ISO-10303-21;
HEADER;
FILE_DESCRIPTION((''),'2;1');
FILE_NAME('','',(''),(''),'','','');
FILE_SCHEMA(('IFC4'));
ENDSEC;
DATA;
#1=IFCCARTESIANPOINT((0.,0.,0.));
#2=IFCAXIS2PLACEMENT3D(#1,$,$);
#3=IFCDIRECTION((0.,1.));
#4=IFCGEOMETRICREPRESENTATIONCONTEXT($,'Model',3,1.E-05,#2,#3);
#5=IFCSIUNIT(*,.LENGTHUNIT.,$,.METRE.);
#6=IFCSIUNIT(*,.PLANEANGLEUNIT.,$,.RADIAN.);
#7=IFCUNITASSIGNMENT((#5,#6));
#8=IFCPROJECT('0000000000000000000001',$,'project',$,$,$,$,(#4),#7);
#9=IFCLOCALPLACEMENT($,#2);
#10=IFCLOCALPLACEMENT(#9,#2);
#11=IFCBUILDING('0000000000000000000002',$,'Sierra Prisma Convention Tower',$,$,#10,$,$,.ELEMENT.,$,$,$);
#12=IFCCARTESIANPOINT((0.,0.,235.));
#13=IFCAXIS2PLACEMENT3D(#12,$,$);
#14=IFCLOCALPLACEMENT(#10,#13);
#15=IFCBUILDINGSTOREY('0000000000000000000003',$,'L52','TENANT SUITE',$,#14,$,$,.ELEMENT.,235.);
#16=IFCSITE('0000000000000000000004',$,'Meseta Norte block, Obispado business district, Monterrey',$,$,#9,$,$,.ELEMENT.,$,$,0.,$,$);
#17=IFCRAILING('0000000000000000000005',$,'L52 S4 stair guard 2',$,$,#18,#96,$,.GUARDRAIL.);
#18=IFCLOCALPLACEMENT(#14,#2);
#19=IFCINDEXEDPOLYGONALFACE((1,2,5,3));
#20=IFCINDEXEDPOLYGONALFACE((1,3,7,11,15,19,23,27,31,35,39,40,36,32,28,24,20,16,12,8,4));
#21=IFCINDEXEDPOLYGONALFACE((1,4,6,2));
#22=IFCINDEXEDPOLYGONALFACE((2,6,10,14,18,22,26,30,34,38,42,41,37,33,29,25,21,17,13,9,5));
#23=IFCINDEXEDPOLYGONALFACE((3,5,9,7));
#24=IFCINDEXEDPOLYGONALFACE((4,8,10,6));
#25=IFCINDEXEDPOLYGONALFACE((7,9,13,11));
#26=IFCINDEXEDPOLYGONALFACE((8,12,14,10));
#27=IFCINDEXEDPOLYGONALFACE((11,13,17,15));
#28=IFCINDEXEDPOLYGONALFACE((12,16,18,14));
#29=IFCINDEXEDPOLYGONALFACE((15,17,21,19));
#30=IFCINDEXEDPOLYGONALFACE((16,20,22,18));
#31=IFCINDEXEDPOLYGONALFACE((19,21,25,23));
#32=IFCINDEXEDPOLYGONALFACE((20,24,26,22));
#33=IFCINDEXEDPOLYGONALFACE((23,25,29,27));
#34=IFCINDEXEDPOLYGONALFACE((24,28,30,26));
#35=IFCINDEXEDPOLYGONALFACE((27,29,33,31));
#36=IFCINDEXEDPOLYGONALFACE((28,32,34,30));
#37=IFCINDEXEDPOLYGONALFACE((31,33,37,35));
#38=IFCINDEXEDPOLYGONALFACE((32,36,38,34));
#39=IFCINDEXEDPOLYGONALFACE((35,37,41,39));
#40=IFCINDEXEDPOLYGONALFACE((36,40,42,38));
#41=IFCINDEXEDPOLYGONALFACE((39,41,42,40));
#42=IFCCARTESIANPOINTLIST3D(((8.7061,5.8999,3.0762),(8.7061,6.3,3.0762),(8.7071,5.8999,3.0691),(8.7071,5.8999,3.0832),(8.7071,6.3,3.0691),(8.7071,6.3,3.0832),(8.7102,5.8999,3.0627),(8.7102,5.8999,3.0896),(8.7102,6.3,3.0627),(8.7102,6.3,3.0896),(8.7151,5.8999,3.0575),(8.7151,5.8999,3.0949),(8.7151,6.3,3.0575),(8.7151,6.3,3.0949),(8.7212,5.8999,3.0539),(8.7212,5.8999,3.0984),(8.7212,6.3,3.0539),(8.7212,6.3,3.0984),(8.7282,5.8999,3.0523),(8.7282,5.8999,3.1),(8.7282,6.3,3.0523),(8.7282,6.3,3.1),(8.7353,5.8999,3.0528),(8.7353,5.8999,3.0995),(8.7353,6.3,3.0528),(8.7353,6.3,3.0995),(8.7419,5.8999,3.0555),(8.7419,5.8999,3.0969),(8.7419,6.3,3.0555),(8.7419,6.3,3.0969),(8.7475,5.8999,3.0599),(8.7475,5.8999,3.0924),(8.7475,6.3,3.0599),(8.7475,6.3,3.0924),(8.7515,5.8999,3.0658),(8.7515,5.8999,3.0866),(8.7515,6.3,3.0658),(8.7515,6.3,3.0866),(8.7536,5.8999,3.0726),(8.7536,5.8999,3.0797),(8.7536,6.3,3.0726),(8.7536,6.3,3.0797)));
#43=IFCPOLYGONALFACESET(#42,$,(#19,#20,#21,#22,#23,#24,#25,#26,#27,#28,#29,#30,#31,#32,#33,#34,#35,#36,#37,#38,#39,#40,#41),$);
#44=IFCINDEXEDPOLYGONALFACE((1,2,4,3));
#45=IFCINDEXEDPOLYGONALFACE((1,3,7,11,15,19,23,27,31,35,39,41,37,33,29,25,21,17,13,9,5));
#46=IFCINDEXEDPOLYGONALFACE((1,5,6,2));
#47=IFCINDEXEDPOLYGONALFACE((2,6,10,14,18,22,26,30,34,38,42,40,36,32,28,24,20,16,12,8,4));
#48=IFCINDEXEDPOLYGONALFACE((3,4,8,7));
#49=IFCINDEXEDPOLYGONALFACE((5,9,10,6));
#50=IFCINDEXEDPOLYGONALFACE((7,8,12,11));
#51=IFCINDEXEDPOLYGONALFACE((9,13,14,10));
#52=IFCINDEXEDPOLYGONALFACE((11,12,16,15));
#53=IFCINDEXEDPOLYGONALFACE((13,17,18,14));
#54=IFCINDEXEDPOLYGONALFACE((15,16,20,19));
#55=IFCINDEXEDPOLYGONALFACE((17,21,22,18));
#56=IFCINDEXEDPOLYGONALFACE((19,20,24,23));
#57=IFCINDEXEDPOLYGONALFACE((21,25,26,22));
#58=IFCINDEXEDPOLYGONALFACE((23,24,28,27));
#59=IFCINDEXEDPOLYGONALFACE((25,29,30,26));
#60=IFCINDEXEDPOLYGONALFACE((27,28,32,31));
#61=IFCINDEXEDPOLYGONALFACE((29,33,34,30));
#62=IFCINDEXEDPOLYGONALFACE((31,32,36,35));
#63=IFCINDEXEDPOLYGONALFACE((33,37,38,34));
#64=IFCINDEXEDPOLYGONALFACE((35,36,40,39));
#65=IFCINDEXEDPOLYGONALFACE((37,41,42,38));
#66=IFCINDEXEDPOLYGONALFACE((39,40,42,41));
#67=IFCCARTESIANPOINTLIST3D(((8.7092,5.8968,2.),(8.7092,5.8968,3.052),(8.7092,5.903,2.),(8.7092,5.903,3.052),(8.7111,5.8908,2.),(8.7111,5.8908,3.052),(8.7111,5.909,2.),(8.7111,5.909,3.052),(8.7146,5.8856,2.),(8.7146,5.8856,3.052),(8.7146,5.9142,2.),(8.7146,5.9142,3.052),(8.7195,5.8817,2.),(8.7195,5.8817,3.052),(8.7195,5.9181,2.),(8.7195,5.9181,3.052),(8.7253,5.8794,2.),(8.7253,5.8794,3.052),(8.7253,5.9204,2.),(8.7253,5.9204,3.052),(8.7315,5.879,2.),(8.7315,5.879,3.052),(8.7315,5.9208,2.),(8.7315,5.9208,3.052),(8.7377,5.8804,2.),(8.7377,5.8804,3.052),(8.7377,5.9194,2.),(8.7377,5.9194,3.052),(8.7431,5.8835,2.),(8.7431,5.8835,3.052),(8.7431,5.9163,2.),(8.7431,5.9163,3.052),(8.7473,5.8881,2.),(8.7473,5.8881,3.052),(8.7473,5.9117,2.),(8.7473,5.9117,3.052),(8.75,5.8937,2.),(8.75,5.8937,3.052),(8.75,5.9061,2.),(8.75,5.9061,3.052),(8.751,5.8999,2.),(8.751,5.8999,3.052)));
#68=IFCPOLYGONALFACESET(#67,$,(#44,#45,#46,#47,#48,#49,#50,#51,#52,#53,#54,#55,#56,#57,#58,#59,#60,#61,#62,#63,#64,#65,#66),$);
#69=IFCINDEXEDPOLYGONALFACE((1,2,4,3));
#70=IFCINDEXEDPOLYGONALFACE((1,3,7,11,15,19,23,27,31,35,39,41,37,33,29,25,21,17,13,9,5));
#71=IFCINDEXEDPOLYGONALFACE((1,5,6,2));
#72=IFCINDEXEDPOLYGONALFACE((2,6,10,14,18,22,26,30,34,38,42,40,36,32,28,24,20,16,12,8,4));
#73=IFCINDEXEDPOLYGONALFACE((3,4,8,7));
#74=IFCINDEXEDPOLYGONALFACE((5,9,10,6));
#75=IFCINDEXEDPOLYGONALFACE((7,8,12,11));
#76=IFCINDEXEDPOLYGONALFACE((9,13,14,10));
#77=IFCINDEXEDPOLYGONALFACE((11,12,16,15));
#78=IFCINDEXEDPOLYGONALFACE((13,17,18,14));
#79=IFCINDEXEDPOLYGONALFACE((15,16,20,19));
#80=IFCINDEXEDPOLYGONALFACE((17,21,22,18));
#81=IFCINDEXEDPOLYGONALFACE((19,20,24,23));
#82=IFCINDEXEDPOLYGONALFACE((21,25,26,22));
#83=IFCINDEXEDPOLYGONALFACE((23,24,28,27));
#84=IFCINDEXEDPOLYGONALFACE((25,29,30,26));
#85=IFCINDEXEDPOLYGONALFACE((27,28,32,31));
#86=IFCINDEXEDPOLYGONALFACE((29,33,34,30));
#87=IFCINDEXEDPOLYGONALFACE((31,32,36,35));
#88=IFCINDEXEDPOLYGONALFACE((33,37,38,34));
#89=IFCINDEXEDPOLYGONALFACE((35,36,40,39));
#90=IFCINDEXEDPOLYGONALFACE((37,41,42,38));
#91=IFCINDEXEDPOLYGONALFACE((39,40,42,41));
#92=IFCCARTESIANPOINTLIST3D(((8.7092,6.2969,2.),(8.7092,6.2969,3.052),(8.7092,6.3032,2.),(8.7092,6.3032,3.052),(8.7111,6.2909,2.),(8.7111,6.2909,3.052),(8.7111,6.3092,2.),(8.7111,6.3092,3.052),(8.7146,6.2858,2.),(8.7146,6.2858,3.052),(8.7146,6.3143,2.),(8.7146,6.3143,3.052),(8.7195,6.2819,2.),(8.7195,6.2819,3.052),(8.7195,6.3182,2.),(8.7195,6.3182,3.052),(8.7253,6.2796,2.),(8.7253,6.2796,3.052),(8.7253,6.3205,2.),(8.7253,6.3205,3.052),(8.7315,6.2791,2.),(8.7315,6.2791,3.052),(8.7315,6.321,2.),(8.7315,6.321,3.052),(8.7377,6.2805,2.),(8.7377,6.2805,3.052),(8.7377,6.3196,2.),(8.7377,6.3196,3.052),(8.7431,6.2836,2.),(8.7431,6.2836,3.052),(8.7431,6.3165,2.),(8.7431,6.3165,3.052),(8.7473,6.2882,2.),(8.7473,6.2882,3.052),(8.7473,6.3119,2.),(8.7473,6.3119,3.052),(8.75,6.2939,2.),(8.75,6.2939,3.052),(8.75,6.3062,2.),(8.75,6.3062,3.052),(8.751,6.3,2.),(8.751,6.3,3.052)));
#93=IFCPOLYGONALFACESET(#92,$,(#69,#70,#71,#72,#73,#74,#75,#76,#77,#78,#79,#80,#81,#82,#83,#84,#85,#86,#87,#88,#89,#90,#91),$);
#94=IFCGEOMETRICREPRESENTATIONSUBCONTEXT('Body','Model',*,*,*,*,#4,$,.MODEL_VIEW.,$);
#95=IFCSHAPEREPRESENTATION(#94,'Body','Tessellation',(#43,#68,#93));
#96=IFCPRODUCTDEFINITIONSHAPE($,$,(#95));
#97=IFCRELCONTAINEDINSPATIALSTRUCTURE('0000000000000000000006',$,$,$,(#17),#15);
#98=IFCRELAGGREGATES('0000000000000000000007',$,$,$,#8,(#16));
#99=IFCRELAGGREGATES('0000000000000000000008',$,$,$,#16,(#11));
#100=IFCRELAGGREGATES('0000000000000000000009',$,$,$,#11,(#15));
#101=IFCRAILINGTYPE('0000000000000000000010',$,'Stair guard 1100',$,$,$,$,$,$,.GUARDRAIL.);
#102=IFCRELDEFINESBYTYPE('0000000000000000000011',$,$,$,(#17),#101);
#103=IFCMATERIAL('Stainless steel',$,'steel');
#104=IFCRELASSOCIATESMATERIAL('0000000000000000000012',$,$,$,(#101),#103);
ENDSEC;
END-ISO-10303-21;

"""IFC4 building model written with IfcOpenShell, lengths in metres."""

from ifc_helpers import new_model, si_unit, direction, frame, origin, origin_2d, place, context, subcontext, project, spatial, circle, extrude, material, type_object, element, save


model = new_model("IFC4")

# Units and contexts
model_context = context("Model", 3, precision=1e-05, world=origin(), true_north=direction((0.0, 1.0)))
body_context = subcontext(model_context, "Body", "Model", "MODEL_VIEW")
ifc_project = project(units=[si_unit("LENGTHUNIT", "METRE"), si_unit("PLANEANGLEUNIT", "RADIAN")], contexts=[model_context])

# Site, building, storey
site_placement = place(None, origin())
site = spatial("IfcSite", under=ifc_project, at=site_placement, Name="Meseta Norte block, Obispado business district, Monterrey", CompositionType="ELEMENT", RefElevation=0.0)
building_placement = place(site_placement, origin())
building = spatial("IfcBuilding", under=site, at=building_placement, Name="Sierra Prisma Convention Tower", CompositionType="ELEMENT")
storey_placement = place(building_placement, frame((0.0, 0.0, 235.0)))
storey = spatial("IfcBuildingStorey", under=building, at=storey_placement, Name="L52", Description="TENANT SUITE", CompositionType="ELEMENT", Elevation=235.0)

# Railing
ifc_material_1 = material(Name="Stainless steel", Category="steel")
railing_type_1 = type_object("IfcRailingType", Name="Stair guard 1100", PredefinedType="GUARDRAIL", material=ifc_material_1)
railing_1_placement = place(storey_placement, frame((8.73, 5.8999, 2.0)))
element("IfcRailing", 1, at=railing_1_placement, inside=storey, type_object=railing_type_1, Name="L52 S4 stair guard 2", PredefinedType="GUARDRAIL", context=body_context, shape_type="SweptSolid", body=[
    extrude(circle(Radius=0.0239, at=origin_2d()), frame((0.0, 0.0, 1.0762), z_axis=(0.0, 1.0, 0.0), x_axis=(-1.0, 0.0, 0.0)), (0.0, 0.0, 1.0), 0.4001),
    extrude(circle(Radius=0.021, at=origin_2d()), origin(), (0.0, 0.0, 1.0), 1.052),
    extrude(circle(Radius=0.021, at=origin_2d()), frame((0.0, 0.4001, 0.0)), (0.0, 0.0, 1.0), 1.052),
])

save(model, "model.ifc")
